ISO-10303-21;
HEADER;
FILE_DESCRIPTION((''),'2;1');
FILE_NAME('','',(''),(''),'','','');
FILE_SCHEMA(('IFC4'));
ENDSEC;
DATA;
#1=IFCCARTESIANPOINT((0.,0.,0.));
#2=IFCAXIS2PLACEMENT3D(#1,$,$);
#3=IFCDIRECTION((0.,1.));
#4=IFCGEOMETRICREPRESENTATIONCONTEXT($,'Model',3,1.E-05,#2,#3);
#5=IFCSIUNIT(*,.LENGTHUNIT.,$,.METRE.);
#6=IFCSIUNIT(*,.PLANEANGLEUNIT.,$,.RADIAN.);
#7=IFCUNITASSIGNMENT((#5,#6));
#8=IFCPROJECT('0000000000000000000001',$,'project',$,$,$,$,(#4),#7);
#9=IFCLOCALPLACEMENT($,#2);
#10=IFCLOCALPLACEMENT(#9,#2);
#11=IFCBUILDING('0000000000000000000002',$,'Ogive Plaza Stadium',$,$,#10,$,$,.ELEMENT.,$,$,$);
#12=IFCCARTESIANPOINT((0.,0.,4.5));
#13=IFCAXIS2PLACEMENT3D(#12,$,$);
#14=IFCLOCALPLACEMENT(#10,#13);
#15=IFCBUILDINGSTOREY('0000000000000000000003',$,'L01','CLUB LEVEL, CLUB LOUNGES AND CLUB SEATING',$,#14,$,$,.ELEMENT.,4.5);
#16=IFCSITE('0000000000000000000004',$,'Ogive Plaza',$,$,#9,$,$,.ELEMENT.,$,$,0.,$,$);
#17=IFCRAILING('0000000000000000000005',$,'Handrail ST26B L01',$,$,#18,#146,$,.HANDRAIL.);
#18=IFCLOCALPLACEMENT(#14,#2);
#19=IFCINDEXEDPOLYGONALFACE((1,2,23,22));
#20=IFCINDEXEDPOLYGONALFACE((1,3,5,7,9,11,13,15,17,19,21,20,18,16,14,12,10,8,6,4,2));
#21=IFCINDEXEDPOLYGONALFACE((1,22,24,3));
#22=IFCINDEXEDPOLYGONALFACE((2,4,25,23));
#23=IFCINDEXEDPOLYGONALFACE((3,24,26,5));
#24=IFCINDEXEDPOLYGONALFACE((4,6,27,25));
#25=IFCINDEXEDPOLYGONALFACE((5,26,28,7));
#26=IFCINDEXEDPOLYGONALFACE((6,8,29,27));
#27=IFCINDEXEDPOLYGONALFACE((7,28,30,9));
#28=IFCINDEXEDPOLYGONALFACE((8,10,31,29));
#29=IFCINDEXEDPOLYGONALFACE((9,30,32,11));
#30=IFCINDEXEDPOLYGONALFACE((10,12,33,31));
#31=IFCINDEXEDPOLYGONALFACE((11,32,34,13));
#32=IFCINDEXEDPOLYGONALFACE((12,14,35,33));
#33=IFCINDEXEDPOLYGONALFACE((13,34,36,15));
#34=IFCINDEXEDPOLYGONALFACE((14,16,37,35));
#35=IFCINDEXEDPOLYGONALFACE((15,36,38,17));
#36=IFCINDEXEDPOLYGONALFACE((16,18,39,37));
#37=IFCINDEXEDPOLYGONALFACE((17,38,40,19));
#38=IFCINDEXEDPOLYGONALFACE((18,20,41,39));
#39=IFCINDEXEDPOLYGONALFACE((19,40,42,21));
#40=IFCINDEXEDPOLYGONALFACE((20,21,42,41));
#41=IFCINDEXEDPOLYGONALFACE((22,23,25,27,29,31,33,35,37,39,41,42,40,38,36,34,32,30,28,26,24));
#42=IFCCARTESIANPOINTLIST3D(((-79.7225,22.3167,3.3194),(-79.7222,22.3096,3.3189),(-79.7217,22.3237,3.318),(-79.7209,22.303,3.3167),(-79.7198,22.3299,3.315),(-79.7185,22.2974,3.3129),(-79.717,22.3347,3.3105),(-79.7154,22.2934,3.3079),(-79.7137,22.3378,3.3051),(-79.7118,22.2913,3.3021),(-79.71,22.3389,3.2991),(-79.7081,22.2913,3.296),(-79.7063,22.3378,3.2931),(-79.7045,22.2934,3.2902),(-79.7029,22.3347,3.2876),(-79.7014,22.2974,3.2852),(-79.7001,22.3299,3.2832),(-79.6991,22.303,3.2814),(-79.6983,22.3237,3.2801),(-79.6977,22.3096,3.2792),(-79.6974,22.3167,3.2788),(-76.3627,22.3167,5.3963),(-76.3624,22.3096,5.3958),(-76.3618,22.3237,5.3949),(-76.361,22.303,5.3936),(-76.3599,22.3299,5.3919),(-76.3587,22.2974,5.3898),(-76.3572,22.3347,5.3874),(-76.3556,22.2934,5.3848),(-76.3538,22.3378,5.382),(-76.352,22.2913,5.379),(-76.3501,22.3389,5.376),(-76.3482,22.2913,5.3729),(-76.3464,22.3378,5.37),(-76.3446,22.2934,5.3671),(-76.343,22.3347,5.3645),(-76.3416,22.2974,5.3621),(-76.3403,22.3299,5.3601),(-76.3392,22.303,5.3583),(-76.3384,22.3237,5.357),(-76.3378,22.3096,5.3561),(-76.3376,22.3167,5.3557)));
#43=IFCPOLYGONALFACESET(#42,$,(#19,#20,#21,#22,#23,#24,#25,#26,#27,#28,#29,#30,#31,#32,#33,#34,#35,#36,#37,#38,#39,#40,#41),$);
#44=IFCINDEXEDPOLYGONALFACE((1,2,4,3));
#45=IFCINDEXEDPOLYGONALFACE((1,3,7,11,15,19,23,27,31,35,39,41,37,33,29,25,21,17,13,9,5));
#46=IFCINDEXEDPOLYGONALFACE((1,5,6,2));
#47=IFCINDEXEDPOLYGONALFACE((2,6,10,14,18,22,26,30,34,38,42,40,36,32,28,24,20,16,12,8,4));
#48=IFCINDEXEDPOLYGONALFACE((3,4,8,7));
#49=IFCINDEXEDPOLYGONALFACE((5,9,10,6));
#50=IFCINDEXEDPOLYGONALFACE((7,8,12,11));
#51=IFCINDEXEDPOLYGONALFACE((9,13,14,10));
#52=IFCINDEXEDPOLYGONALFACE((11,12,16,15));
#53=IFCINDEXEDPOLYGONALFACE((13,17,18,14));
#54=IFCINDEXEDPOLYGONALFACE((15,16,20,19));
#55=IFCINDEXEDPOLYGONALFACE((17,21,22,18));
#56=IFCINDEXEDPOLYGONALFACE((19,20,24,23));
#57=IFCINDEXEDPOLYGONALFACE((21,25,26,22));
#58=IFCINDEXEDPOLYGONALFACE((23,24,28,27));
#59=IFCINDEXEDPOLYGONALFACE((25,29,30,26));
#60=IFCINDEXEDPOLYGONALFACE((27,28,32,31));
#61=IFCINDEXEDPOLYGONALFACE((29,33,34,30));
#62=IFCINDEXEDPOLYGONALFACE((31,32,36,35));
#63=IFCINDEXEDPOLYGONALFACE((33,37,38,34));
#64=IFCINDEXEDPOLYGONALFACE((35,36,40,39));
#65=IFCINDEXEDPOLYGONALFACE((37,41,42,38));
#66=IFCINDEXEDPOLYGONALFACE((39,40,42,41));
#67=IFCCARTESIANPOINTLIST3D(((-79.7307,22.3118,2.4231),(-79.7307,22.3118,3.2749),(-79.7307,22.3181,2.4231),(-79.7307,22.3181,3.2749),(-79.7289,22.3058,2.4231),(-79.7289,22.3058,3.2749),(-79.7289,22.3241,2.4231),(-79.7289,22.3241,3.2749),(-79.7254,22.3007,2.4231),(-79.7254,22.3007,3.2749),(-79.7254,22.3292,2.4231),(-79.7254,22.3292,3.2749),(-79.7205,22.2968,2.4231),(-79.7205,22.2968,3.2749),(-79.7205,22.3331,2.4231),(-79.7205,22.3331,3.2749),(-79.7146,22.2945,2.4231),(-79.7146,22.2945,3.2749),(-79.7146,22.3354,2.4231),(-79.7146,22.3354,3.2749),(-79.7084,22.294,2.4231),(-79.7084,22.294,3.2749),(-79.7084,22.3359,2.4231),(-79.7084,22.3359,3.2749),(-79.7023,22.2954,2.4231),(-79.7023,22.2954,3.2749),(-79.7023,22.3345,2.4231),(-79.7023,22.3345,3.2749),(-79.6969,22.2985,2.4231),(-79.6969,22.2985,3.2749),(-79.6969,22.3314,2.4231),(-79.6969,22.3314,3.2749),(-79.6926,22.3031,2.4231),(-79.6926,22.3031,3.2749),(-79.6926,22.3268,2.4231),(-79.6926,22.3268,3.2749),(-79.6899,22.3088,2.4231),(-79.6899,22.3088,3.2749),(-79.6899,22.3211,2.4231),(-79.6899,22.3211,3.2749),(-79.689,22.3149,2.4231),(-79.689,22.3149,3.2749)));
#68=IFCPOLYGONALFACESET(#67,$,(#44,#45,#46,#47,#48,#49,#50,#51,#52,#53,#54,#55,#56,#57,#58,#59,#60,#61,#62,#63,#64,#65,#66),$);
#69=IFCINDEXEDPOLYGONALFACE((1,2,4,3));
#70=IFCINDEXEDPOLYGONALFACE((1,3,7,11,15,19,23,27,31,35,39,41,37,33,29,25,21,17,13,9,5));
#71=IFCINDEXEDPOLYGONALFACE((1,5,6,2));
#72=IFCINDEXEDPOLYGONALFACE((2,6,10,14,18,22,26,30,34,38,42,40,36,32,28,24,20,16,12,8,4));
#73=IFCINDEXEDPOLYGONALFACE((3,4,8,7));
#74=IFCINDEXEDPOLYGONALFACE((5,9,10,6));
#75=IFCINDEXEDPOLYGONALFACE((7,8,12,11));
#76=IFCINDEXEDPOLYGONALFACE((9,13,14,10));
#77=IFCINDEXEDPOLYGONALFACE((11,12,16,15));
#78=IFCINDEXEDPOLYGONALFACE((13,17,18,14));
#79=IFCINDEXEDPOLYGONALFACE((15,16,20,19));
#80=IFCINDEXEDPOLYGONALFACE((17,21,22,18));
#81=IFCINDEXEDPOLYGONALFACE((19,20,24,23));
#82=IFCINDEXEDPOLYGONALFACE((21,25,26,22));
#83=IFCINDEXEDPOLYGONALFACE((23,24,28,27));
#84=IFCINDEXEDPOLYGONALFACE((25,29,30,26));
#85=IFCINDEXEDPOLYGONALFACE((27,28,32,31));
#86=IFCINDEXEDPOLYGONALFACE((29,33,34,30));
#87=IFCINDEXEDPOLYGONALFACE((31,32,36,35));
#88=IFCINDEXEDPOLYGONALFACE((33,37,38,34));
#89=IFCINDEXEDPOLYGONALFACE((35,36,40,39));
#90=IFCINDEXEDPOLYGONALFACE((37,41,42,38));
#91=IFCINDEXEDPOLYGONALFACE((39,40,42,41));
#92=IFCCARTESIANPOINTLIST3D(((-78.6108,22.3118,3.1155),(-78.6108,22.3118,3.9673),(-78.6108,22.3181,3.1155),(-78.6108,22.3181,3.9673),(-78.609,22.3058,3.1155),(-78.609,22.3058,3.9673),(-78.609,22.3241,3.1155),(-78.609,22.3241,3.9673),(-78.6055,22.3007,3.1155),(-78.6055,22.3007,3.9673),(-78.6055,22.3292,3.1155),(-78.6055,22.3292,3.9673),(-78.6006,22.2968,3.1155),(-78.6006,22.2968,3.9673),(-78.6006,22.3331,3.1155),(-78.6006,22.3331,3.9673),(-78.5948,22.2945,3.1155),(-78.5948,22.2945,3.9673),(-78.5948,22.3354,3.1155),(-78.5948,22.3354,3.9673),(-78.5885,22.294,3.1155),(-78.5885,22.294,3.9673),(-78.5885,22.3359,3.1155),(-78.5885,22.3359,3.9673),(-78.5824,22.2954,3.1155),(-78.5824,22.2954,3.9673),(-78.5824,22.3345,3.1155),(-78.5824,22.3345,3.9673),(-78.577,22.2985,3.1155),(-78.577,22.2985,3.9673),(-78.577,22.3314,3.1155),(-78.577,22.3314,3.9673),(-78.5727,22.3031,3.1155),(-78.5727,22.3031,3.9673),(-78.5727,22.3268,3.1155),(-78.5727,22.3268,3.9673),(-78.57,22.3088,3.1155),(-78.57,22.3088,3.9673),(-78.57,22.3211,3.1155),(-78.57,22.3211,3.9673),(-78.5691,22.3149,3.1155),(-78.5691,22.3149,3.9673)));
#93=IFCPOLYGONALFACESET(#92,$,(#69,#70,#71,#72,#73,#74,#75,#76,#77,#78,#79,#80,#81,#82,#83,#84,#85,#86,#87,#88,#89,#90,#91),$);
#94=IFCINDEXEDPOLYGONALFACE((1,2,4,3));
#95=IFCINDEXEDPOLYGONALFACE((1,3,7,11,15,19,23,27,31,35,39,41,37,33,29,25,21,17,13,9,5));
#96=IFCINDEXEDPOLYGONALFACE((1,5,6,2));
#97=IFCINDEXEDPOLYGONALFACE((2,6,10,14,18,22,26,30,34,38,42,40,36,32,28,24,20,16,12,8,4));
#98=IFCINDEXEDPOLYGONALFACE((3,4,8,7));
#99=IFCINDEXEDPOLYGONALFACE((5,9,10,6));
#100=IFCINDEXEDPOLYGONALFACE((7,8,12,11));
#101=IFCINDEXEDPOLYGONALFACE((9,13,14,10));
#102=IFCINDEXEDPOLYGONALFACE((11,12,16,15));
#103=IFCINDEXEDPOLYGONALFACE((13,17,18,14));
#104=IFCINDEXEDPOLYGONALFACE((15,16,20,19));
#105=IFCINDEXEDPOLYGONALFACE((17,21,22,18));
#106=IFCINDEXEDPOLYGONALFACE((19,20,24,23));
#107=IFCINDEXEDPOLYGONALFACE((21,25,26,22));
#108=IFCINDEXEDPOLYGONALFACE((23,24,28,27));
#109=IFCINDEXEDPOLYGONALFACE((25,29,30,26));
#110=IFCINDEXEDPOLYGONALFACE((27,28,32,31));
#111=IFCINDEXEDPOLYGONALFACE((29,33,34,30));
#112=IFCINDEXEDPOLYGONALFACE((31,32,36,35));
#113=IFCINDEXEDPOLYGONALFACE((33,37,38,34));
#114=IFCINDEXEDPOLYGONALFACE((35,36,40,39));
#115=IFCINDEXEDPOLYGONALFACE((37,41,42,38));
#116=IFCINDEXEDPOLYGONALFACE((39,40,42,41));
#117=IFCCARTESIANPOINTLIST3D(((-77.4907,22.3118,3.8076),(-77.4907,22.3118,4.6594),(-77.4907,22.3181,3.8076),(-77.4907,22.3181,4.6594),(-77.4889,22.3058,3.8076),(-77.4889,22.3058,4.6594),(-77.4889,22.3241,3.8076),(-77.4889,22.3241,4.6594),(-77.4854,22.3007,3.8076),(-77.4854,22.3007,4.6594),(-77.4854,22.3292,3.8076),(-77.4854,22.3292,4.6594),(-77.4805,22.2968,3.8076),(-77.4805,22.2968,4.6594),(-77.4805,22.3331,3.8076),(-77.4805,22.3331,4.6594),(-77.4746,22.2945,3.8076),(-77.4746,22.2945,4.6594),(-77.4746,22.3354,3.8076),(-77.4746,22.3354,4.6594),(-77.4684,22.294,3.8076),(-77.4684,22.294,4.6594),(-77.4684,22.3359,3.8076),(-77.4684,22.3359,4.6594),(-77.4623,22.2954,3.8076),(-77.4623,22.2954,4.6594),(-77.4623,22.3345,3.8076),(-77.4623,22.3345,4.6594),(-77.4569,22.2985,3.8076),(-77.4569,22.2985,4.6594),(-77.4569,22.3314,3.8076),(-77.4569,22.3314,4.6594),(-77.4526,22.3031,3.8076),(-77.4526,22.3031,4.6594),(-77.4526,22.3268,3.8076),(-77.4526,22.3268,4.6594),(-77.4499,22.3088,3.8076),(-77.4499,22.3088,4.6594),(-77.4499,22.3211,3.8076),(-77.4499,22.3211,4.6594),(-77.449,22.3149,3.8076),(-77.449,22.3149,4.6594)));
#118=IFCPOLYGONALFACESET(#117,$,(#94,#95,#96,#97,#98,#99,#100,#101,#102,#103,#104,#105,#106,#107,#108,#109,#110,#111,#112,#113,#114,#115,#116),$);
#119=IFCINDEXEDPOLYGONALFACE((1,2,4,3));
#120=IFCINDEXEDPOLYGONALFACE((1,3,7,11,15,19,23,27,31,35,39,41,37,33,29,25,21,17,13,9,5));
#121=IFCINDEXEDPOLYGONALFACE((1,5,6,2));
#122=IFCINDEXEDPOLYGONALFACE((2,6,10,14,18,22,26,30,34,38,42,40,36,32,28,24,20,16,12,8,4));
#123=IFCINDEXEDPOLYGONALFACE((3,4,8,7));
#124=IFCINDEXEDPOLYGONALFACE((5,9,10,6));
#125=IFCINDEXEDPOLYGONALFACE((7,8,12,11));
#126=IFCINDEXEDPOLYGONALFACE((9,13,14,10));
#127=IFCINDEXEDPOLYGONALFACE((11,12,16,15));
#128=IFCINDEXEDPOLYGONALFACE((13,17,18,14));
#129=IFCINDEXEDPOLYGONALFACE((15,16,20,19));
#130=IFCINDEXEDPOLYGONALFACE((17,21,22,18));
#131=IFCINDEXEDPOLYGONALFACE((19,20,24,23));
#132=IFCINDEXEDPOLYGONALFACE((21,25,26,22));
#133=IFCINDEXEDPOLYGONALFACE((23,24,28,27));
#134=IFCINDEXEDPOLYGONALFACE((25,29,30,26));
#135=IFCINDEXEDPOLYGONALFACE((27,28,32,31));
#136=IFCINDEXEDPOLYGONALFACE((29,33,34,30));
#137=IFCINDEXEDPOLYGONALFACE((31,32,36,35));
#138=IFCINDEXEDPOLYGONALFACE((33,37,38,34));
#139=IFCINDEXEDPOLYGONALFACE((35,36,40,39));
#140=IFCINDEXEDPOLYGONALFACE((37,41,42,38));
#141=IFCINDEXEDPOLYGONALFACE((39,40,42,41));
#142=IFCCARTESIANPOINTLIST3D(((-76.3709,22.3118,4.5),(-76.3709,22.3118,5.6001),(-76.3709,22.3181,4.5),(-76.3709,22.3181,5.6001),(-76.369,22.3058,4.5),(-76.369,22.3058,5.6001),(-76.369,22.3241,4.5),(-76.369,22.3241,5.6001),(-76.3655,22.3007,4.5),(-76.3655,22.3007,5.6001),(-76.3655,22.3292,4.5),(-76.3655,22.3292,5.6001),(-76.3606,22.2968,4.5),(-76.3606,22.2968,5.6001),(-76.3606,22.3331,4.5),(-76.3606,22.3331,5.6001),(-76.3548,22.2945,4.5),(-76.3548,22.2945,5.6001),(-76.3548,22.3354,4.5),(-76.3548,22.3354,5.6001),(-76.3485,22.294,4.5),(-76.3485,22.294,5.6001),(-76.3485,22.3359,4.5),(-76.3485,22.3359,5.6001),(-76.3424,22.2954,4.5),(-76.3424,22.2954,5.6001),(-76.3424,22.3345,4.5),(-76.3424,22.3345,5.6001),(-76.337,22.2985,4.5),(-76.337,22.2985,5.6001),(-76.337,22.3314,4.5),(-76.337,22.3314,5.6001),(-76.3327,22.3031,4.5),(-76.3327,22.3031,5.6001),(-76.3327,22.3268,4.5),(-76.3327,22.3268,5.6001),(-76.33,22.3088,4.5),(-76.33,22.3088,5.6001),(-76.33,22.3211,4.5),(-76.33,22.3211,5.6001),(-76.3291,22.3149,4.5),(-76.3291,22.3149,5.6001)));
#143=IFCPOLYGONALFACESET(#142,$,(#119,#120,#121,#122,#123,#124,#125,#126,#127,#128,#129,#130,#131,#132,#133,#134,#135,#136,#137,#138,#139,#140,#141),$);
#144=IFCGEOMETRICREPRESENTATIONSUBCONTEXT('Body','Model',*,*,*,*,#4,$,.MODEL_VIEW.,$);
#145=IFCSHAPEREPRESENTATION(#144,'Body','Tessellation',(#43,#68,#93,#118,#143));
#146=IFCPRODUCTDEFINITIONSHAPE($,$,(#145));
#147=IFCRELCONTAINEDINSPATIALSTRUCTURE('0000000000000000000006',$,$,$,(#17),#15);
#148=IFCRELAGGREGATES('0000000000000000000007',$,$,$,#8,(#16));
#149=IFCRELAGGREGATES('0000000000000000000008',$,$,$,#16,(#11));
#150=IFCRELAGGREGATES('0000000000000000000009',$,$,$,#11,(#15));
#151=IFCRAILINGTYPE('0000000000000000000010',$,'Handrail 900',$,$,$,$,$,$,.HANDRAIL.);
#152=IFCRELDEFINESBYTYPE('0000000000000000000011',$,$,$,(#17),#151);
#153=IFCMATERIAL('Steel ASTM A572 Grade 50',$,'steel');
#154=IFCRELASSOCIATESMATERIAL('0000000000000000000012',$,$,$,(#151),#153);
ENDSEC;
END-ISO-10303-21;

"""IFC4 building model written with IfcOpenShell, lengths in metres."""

from ifc_helpers import new_model, si_unit, direction, frame, origin, origin_2d, place, context, subcontext, project, spatial, circle, extrude, material, type_object, element, save


model = new_model("IFC4")

# Units and contexts
model_context = context("Model", 3, precision=1e-05, world=origin(), true_north=direction((0.0, 1.0)))
body_context = subcontext(model_context, "Body", "Model", "MODEL_VIEW")
ifc_project = project(units=[si_unit("LENGTHUNIT", "METRE"), si_unit("PLANEANGLEUNIT", "RADIAN")], contexts=[model_context])

# Site, building, storey
site_placement = place(None, origin())
site = spatial("IfcSite", under=ifc_project, at=site_placement, Name="Ogive Plaza", CompositionType="ELEMENT", RefElevation=0.0)
building_placement = place(site_placement, origin())
building = spatial("IfcBuilding", under=site, at=building_placement, Name="Ogive Plaza Stadium", CompositionType="ELEMENT")
storey_placement = place(building_placement, frame((0.0, 0.0, 4.5)))
storey = spatial("IfcBuildingStorey", under=building, at=storey_placement, Name="L01", Description="CLUB LEVEL, CLUB LOUNGES AND CLUB SEATING", CompositionType="ELEMENT", Elevation=4.5)

# Railing
ifc_material_1 = material(Name="Steel ASTM A572 Grade 50", Category="steel")
railing_type_1 = type_object("IfcRailingType", Name="Handrail 900", PredefinedType="HANDRAIL", material=ifc_material_1)
for number, where, name in (
    (1, (-79.71, 22.3149, 2.4231), "Handrail ST26B L01"),
):
    element("IfcRailing", number, at=place(storey_placement, frame(where)), inside=storey, type_object=railing_type_1, Name=name, PredefinedType="HANDRAIL", context=body_context, shape_type="SweptSolid", body=[
        extrude(circle(Radius=0.0239, at=origin_2d()), frame((0.0, 0.0, 0.876), z_axis=(0.850606, 0.0, 0.525803), x_axis=(0.0, 1.0, 0.0)), (0.0, 0.0, 1.0), 3.95),
        extrude(circle(Radius=0.021, at=origin_2d()), origin(), (0.0, 0.0, 1.0), 0.8518),
        extrude(circle(Radius=0.021, at=origin_2d()), frame((1.1199, 0.0, 0.6924)), (0.0, 0.0, 1.0), 0.8518),
        extrude(circle(Radius=0.021, at=origin_2d()), frame((2.24, 0.0, 1.3845)), (0.0, 0.0, 1.0), 0.8518),
        extrude(circle(Radius=0.021, at=origin_2d()), frame((3.3599, 0.0, 2.0769)), (0.0, 0.0, 1.0), 1.1001),
    ])

save(model, "model.ifc")
